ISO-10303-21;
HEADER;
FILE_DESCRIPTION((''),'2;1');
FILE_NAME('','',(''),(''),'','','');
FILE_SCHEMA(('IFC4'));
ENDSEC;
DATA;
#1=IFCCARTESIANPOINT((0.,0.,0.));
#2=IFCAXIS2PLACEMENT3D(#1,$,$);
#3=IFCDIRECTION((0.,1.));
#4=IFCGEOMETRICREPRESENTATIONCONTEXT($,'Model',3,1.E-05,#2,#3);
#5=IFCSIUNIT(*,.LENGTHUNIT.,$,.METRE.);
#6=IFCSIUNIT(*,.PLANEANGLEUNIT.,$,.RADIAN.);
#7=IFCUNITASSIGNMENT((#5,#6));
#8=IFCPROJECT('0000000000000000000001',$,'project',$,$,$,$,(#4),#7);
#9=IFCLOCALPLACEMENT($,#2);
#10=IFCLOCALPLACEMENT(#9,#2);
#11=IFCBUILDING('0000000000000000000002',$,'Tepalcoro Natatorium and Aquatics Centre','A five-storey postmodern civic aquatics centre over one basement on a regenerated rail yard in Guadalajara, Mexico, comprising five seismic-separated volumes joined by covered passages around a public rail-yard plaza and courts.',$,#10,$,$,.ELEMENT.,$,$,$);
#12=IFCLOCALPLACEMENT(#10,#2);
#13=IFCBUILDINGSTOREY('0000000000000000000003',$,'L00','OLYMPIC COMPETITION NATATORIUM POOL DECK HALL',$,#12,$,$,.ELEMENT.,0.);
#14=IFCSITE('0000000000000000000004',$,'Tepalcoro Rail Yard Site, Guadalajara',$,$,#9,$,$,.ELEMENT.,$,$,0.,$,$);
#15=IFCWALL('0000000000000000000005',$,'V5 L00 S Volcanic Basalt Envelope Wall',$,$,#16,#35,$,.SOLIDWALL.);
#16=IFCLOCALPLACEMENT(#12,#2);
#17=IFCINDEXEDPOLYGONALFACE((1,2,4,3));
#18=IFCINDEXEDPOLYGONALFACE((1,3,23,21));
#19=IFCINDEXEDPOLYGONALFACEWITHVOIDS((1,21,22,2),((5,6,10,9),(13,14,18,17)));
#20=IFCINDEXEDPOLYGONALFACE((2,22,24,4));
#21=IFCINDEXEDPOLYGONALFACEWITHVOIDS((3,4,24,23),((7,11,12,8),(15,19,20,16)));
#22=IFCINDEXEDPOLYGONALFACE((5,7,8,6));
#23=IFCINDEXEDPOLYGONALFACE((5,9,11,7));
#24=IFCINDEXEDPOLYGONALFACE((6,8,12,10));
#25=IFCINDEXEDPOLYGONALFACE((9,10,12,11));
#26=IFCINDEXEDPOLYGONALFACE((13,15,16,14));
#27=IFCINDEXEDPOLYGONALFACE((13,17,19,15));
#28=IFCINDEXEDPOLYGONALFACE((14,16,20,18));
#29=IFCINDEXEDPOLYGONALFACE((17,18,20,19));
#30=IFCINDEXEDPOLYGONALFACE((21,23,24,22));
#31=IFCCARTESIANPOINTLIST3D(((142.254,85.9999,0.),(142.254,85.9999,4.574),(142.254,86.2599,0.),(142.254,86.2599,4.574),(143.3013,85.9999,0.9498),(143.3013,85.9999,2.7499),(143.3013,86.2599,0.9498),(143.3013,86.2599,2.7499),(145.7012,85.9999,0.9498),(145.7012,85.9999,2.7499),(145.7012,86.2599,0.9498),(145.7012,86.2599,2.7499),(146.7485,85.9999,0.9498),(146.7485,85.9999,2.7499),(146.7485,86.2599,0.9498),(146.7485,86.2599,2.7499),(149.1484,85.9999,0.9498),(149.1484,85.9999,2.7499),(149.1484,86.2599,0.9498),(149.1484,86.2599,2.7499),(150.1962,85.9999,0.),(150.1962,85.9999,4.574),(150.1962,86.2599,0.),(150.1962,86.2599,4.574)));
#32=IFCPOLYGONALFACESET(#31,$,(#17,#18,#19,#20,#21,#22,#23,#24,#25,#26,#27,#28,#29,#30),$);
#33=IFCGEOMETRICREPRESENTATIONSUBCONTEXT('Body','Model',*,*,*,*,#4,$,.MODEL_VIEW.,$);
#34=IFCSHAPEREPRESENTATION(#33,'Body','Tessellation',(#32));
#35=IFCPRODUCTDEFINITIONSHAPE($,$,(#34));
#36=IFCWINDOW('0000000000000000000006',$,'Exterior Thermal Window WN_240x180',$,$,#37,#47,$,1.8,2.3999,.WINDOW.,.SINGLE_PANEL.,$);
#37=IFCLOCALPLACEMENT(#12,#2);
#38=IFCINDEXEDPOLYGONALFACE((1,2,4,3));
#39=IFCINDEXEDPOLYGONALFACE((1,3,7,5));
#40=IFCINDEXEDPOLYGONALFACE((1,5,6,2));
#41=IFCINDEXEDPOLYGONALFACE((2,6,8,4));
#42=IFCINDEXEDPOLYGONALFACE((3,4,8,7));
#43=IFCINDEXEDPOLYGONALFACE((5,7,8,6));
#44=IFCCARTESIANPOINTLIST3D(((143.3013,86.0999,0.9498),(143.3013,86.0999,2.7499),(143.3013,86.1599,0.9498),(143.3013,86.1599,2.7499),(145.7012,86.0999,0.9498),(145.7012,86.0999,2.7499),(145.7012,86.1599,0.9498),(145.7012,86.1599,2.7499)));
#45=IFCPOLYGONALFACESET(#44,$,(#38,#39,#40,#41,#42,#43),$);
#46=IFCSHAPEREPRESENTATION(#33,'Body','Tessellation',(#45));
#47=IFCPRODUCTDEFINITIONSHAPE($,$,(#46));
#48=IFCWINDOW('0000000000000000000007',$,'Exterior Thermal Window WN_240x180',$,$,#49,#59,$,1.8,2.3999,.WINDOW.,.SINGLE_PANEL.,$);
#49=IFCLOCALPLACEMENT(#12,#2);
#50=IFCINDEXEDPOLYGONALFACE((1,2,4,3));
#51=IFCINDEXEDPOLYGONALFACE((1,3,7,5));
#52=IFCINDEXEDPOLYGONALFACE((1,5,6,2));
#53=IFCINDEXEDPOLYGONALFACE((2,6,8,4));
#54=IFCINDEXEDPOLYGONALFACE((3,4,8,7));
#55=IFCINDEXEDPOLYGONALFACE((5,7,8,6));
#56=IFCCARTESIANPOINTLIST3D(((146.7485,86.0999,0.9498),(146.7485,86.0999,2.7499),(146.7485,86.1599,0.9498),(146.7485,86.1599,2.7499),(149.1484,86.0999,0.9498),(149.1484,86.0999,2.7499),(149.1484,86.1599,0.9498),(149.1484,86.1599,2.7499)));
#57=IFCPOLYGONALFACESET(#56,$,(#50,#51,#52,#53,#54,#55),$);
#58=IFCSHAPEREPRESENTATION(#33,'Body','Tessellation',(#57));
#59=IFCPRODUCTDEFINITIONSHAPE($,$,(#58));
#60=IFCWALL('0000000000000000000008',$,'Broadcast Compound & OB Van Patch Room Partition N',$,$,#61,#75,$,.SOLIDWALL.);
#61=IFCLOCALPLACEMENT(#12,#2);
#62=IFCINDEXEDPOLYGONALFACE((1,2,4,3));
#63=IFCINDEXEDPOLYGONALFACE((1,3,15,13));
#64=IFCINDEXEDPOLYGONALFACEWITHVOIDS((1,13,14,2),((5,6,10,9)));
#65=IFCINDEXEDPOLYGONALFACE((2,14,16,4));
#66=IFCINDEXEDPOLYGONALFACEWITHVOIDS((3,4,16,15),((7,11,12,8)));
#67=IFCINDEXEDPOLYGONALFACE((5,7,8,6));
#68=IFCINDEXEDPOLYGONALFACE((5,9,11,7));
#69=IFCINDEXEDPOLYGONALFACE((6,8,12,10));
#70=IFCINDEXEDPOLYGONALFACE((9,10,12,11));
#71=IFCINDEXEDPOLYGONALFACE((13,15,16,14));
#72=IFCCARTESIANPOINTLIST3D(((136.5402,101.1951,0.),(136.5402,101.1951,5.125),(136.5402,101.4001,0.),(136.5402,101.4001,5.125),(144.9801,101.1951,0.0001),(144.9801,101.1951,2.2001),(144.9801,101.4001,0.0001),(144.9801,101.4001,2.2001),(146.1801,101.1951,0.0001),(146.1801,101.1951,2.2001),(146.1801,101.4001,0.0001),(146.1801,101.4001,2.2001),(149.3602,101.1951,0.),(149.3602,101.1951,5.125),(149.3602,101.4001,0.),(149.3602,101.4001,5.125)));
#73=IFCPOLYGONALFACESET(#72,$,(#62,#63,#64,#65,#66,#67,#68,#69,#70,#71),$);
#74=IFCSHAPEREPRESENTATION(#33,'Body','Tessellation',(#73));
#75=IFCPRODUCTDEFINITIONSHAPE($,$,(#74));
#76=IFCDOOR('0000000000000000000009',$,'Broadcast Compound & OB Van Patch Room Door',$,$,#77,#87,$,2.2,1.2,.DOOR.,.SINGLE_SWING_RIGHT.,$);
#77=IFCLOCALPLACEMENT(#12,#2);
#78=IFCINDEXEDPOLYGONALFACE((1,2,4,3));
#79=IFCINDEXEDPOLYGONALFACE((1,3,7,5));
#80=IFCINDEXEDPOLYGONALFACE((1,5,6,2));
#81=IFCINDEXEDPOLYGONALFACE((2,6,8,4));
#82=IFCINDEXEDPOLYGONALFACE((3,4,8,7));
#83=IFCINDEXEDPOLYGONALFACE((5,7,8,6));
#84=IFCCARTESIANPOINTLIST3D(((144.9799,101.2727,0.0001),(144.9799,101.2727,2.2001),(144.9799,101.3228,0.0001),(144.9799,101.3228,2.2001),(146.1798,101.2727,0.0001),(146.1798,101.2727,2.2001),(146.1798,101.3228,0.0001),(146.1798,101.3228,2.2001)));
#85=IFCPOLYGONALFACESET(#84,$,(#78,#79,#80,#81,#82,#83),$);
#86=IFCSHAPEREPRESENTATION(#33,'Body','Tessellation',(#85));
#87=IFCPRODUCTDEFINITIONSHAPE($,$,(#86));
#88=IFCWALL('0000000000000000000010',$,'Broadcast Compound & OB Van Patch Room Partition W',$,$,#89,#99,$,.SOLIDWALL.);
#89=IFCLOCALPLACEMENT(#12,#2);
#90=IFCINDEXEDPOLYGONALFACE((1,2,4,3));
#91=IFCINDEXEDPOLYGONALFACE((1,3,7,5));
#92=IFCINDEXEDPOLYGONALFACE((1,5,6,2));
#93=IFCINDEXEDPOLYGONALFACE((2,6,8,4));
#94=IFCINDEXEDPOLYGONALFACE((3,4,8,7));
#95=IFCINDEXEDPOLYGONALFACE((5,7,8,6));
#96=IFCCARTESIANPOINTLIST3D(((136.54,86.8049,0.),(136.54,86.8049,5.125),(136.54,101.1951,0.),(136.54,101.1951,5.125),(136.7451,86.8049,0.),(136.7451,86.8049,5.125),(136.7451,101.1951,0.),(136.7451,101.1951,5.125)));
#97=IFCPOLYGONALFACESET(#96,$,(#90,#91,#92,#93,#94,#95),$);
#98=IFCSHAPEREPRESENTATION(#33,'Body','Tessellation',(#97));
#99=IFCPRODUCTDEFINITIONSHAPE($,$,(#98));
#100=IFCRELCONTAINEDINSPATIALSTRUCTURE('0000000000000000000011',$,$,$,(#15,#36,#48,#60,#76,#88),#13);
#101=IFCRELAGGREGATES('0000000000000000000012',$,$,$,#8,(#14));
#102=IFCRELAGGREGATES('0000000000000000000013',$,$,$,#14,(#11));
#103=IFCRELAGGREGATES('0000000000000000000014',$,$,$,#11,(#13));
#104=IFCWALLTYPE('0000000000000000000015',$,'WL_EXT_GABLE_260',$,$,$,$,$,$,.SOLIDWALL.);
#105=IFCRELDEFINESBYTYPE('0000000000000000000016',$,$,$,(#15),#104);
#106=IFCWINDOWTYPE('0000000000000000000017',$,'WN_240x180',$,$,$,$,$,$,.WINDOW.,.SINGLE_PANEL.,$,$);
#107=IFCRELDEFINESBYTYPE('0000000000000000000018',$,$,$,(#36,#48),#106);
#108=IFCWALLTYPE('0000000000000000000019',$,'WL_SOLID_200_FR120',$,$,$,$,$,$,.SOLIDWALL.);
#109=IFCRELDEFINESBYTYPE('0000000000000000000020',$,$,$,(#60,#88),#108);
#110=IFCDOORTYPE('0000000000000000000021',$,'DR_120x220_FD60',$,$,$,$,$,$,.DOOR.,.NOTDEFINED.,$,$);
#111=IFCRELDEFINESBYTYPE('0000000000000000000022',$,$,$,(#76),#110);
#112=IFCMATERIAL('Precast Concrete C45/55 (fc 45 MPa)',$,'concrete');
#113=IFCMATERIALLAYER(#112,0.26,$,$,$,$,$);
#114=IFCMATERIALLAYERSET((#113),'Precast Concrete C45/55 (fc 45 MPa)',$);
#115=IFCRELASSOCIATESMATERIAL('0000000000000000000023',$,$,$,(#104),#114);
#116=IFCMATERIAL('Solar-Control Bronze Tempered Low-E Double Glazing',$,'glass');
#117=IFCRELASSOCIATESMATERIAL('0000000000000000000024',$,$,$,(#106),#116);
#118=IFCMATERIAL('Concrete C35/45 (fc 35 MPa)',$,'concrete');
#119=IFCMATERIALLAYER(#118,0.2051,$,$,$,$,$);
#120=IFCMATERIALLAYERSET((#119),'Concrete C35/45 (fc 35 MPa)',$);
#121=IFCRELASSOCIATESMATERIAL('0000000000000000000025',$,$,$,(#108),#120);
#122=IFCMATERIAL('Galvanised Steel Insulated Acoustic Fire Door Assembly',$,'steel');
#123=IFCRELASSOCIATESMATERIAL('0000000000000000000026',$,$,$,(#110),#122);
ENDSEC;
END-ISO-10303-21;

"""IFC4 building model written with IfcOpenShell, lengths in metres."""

from ifc_helpers import new_model, si_unit, direction, frame, frame_2d, origin, place, context, subcontext, project, spatial, rectangle, extrude, material, layer, layer_set, type_object, element, fill, save


model = new_model("IFC4")

# Units and contexts
model_context = context("Model", 3, precision=1e-05, world=origin(), true_north=direction((0.0, 1.0)))
body_context = subcontext(model_context, "Body", "Model", "MODEL_VIEW")
ifc_project = project(units=[si_unit("LENGTHUNIT", "METRE"), si_unit("PLANEANGLEUNIT", "RADIAN")], contexts=[model_context])

# Site, building, storey
site_placement = place(None, origin())
site = spatial("IfcSite", under=ifc_project, at=site_placement, Name="Tepalcoro Rail Yard Site, Guadalajara", CompositionType="ELEMENT", RefElevation=0.0)
building_placement = place(site_placement, origin())
building = spatial("IfcBuilding", under=site, at=building_placement, Name="Tepalcoro Natatorium and Aquatics Centre", Description="A five-storey postmodern civic aquatics centre over one basement on a regenerated rail yard in Guadalajara, Mexico, comprising five seismic-separated volumes joined by covered passages around a public rail-yard plaza and courts.", CompositionType="ELEMENT")
storey_placement = place(building_placement, origin())
storey = spatial("IfcBuildingStorey", under=building, at=storey_placement, Name="L00", Description="OLYMPIC COMPETITION NATATORIUM POOL DECK HALL", CompositionType="ELEMENT", Elevation=0.0)

# Wall, openings, windows
ifc_material_1 = material(Name="Precast Concrete C45/55 (fc 45 MPa)", Category="concrete")
ifc_layer_1 = layer(ifc_material_1, 0.26)
ifc_layer_set_1 = layer_set([ifc_layer_1], Name="Precast Concrete C45/55 (fc 45 MPa)")
wall_type_1 = type_object("IfcWallType", Name="WL_EXT_GABLE_260", PredefinedType="SOLIDWALL", material=ifc_layer_set_1)
wall_1_placement = place(storey_placement, frame((142.2539, 86.1299, 0.0), z_axis=(0.0, 0.0, 1.0), x_axis=(1.0, 0.0, 0.0)))
wall_1 = element("IfcWall", 1, at=wall_1_placement, inside=storey, type_object=wall_type_1, Name="V5 L00 S Volcanic Basalt Envelope Wall", PredefinedType="SOLIDWALL", context=body_context, shape_type="SweptSolid", body=[
    extrude(rectangle(XDim=7.9421, YDim=0.26, at=frame_2d((3.9712, 0.0))), origin(), (0.0, 0.0, 1.0), 4.574),
])
opening_1_placement = place(wall_1_placement, frame((1.0474, 0.0, 0.95)))
opening_1 = element("IfcOpeningElement", 2, at=opening_1_placement, cuts=wall_1, PredefinedType="OPENING", context=body_context, shape_type="SweptSolid", body=[
    extrude(rectangle(XDim=2.3999, YDim=1.8, at=frame_2d((1.2, 0.8999))), frame((0.0, 0.1421, 0.0), z_axis=(0.0, -1.0, 0.0), x_axis=(1.0, 0.0, 0.0)), (0.0, 0.0, 1.0), 0.2839),
])
opening_2_placement = place(wall_1_placement, frame((4.4946, 0.0, 0.95)))
opening_2 = element("IfcOpeningElement", 3, at=opening_2_placement, cuts=wall_1, PredefinedType="OPENING", context=body_context, shape_type="SweptSolid", body=[
    extrude(rectangle(XDim=2.3999, YDim=1.8, at=frame_2d((1.2, 0.8999))), frame((0.0, 0.1421, 0.0), z_axis=(0.0, -1.0, 0.0), x_axis=(1.0, 0.0, 0.0)), (0.0, 0.0, 1.0), 0.2839),
])
ifc_material_2 = material(Name="Solar-Control Bronze Tempered Low-E Double Glazing", Category="glass")
window_type = type_object("IfcWindowType", Name="WN_240x180", PartitioningType="SINGLE_PANEL", PredefinedType="WINDOW", material=ifc_material_2)
window_1_placement = place(opening_1_placement, origin())
window_1 = element("IfcWindow", 4, at=window_1_placement, inside=storey, type_object=window_type, Name="Exterior Thermal Window WN_240x180", OverallHeight=1.8, OverallWidth=2.3999, PartitioningType="SINGLE_PANEL", PredefinedType="WINDOW", context=body_context, shape_type="SweptSolid", body=[
    extrude(rectangle(XDim=2.3999, YDim=1.8, at=frame_2d((1.2, 0.8999))), frame((0.0, 0.03, 0.0), z_axis=(0.0, -1.0, 0.0), x_axis=(1.0, 0.0, 0.0)), (0.0, 0.0, 1.0), 0.0601),
])
fill(opening_1, window_1)
window_2_placement = place(opening_2_placement, origin())
window_2 = element("IfcWindow", 5, at=window_2_placement, inside=storey, type_object=window_type, Name="Exterior Thermal Window WN_240x180", OverallHeight=1.8, OverallWidth=2.3999, PartitioningType="SINGLE_PANEL", PredefinedType="WINDOW", context=body_context, shape_type="SweptSolid", body=[
    extrude(rectangle(XDim=2.3999, YDim=1.8, at=frame_2d((1.2, 0.8999))), frame((0.0, 0.03, 0.0), z_axis=(0.0, -1.0, 0.0), x_axis=(1.0, 0.0, 0.0)), (0.0, 0.0, 1.0), 0.0601),
])
fill(opening_2, window_2)

# Shared definitions
ifc_material_3 = material(Name="Concrete C35/45 (fc 35 MPa)", Category="concrete")
ifc_layer_2 = layer(ifc_material_3, 0.2051)
ifc_layer_set_2 = layer_set([ifc_layer_2], Name="Concrete C35/45 (fc 35 MPa)")
wall_type_2 = type_object("IfcWallType", Name="WL_SOLID_200_FR120", PredefinedType="SOLIDWALL", material=ifc_layer_set_2)

# Wall, opening, door
wall_2_placement = place(storey_placement, frame((136.54, 101.2976, 0.0), z_axis=(0.0, 0.0, 1.0), x_axis=(1.0, 0.0, 0.0)))
wall_2 = element("IfcWall", 6, at=wall_2_placement, inside=storey, type_object=wall_type_2, Name="Broadcast Compound & OB Van Patch Room Partition N", PredefinedType="SOLIDWALL", context=body_context, shape_type="SweptSolid", body=[
    extrude(rectangle(XDim=12.8201, YDim=0.2051, at=frame_2d((6.4102, 0.0))), origin(), (0.0, 0.0, 1.0), 5.125),
])
opening_3_placement = place(wall_2_placement, frame((8.4399, 0.0, 0.0)))
opening_3 = element("IfcOpeningElement", 7, at=opening_3_placement, cuts=wall_2, PredefinedType="OPENING", context=body_context, shape_type="SweptSolid", body=[
    extrude(rectangle(XDim=1.2, YDim=2.2, at=frame_2d((0.6001, 1.1001))), frame((0.0, 0.1145, 0.0), z_axis=(0.0, -1.0, 0.0), x_axis=(1.0, 0.0, 0.0)), (0.0, 0.0, 1.0), 0.229),
])
ifc_material_4 = material(Name="Galvanised Steel Insulated Acoustic Fire Door Assembly", Category="steel")
door_type = type_object("IfcDoorType", Name="DR_120x220_FD60", OperationType="NOTDEFINED", PredefinedType="DOOR", material=ifc_material_4)
door_placement = place(opening_3_placement, frame((1.2, 0.0, 0.0), z_axis=(0.0, 0.0, 1.0), x_axis=(-1.0, 0.0, 0.0)))
door = element("IfcDoor", 8, at=door_placement, inside=storey, type_object=door_type, Name="Broadcast Compound & OB Van Patch Room Door", OperationType="SINGLE_SWING_RIGHT", OverallHeight=2.2, OverallWidth=1.2, PredefinedType="DOOR", context=body_context, shape_type="SweptSolid", body=[
    extrude(rectangle(XDim=1.2, YDim=2.2, at=frame_2d((0.6001, 1.1001))), frame((0.0, 0.0249, 0.0), z_axis=(0.0, -1.0, 0.0), x_axis=(1.0, 0.0, 0.0)), (0.0, 0.0, 1.0), 0.05),
])
fill(opening_3, door)

# Wall
wall_3_placement = place(storey_placement, frame((136.6426, 86.8049, 0.0), z_axis=(0.0, 0.0, 1.0), x_axis=(0.0, 1.0, 0.0)))
element("IfcWall", 9, at=wall_3_placement, inside=storey, type_object=wall_type_2, Name="Broadcast Compound & OB Van Patch Room Partition W", PredefinedType="SOLIDWALL", context=body_context, shape_type="SweptSolid", body=[
    extrude(rectangle(XDim=14.3901, YDim=0.2051, at=frame_2d((7.1951, 0.0))), origin(), (0.0, 0.0, 1.0), 5.125),
])

save(model, "model.ifc")
